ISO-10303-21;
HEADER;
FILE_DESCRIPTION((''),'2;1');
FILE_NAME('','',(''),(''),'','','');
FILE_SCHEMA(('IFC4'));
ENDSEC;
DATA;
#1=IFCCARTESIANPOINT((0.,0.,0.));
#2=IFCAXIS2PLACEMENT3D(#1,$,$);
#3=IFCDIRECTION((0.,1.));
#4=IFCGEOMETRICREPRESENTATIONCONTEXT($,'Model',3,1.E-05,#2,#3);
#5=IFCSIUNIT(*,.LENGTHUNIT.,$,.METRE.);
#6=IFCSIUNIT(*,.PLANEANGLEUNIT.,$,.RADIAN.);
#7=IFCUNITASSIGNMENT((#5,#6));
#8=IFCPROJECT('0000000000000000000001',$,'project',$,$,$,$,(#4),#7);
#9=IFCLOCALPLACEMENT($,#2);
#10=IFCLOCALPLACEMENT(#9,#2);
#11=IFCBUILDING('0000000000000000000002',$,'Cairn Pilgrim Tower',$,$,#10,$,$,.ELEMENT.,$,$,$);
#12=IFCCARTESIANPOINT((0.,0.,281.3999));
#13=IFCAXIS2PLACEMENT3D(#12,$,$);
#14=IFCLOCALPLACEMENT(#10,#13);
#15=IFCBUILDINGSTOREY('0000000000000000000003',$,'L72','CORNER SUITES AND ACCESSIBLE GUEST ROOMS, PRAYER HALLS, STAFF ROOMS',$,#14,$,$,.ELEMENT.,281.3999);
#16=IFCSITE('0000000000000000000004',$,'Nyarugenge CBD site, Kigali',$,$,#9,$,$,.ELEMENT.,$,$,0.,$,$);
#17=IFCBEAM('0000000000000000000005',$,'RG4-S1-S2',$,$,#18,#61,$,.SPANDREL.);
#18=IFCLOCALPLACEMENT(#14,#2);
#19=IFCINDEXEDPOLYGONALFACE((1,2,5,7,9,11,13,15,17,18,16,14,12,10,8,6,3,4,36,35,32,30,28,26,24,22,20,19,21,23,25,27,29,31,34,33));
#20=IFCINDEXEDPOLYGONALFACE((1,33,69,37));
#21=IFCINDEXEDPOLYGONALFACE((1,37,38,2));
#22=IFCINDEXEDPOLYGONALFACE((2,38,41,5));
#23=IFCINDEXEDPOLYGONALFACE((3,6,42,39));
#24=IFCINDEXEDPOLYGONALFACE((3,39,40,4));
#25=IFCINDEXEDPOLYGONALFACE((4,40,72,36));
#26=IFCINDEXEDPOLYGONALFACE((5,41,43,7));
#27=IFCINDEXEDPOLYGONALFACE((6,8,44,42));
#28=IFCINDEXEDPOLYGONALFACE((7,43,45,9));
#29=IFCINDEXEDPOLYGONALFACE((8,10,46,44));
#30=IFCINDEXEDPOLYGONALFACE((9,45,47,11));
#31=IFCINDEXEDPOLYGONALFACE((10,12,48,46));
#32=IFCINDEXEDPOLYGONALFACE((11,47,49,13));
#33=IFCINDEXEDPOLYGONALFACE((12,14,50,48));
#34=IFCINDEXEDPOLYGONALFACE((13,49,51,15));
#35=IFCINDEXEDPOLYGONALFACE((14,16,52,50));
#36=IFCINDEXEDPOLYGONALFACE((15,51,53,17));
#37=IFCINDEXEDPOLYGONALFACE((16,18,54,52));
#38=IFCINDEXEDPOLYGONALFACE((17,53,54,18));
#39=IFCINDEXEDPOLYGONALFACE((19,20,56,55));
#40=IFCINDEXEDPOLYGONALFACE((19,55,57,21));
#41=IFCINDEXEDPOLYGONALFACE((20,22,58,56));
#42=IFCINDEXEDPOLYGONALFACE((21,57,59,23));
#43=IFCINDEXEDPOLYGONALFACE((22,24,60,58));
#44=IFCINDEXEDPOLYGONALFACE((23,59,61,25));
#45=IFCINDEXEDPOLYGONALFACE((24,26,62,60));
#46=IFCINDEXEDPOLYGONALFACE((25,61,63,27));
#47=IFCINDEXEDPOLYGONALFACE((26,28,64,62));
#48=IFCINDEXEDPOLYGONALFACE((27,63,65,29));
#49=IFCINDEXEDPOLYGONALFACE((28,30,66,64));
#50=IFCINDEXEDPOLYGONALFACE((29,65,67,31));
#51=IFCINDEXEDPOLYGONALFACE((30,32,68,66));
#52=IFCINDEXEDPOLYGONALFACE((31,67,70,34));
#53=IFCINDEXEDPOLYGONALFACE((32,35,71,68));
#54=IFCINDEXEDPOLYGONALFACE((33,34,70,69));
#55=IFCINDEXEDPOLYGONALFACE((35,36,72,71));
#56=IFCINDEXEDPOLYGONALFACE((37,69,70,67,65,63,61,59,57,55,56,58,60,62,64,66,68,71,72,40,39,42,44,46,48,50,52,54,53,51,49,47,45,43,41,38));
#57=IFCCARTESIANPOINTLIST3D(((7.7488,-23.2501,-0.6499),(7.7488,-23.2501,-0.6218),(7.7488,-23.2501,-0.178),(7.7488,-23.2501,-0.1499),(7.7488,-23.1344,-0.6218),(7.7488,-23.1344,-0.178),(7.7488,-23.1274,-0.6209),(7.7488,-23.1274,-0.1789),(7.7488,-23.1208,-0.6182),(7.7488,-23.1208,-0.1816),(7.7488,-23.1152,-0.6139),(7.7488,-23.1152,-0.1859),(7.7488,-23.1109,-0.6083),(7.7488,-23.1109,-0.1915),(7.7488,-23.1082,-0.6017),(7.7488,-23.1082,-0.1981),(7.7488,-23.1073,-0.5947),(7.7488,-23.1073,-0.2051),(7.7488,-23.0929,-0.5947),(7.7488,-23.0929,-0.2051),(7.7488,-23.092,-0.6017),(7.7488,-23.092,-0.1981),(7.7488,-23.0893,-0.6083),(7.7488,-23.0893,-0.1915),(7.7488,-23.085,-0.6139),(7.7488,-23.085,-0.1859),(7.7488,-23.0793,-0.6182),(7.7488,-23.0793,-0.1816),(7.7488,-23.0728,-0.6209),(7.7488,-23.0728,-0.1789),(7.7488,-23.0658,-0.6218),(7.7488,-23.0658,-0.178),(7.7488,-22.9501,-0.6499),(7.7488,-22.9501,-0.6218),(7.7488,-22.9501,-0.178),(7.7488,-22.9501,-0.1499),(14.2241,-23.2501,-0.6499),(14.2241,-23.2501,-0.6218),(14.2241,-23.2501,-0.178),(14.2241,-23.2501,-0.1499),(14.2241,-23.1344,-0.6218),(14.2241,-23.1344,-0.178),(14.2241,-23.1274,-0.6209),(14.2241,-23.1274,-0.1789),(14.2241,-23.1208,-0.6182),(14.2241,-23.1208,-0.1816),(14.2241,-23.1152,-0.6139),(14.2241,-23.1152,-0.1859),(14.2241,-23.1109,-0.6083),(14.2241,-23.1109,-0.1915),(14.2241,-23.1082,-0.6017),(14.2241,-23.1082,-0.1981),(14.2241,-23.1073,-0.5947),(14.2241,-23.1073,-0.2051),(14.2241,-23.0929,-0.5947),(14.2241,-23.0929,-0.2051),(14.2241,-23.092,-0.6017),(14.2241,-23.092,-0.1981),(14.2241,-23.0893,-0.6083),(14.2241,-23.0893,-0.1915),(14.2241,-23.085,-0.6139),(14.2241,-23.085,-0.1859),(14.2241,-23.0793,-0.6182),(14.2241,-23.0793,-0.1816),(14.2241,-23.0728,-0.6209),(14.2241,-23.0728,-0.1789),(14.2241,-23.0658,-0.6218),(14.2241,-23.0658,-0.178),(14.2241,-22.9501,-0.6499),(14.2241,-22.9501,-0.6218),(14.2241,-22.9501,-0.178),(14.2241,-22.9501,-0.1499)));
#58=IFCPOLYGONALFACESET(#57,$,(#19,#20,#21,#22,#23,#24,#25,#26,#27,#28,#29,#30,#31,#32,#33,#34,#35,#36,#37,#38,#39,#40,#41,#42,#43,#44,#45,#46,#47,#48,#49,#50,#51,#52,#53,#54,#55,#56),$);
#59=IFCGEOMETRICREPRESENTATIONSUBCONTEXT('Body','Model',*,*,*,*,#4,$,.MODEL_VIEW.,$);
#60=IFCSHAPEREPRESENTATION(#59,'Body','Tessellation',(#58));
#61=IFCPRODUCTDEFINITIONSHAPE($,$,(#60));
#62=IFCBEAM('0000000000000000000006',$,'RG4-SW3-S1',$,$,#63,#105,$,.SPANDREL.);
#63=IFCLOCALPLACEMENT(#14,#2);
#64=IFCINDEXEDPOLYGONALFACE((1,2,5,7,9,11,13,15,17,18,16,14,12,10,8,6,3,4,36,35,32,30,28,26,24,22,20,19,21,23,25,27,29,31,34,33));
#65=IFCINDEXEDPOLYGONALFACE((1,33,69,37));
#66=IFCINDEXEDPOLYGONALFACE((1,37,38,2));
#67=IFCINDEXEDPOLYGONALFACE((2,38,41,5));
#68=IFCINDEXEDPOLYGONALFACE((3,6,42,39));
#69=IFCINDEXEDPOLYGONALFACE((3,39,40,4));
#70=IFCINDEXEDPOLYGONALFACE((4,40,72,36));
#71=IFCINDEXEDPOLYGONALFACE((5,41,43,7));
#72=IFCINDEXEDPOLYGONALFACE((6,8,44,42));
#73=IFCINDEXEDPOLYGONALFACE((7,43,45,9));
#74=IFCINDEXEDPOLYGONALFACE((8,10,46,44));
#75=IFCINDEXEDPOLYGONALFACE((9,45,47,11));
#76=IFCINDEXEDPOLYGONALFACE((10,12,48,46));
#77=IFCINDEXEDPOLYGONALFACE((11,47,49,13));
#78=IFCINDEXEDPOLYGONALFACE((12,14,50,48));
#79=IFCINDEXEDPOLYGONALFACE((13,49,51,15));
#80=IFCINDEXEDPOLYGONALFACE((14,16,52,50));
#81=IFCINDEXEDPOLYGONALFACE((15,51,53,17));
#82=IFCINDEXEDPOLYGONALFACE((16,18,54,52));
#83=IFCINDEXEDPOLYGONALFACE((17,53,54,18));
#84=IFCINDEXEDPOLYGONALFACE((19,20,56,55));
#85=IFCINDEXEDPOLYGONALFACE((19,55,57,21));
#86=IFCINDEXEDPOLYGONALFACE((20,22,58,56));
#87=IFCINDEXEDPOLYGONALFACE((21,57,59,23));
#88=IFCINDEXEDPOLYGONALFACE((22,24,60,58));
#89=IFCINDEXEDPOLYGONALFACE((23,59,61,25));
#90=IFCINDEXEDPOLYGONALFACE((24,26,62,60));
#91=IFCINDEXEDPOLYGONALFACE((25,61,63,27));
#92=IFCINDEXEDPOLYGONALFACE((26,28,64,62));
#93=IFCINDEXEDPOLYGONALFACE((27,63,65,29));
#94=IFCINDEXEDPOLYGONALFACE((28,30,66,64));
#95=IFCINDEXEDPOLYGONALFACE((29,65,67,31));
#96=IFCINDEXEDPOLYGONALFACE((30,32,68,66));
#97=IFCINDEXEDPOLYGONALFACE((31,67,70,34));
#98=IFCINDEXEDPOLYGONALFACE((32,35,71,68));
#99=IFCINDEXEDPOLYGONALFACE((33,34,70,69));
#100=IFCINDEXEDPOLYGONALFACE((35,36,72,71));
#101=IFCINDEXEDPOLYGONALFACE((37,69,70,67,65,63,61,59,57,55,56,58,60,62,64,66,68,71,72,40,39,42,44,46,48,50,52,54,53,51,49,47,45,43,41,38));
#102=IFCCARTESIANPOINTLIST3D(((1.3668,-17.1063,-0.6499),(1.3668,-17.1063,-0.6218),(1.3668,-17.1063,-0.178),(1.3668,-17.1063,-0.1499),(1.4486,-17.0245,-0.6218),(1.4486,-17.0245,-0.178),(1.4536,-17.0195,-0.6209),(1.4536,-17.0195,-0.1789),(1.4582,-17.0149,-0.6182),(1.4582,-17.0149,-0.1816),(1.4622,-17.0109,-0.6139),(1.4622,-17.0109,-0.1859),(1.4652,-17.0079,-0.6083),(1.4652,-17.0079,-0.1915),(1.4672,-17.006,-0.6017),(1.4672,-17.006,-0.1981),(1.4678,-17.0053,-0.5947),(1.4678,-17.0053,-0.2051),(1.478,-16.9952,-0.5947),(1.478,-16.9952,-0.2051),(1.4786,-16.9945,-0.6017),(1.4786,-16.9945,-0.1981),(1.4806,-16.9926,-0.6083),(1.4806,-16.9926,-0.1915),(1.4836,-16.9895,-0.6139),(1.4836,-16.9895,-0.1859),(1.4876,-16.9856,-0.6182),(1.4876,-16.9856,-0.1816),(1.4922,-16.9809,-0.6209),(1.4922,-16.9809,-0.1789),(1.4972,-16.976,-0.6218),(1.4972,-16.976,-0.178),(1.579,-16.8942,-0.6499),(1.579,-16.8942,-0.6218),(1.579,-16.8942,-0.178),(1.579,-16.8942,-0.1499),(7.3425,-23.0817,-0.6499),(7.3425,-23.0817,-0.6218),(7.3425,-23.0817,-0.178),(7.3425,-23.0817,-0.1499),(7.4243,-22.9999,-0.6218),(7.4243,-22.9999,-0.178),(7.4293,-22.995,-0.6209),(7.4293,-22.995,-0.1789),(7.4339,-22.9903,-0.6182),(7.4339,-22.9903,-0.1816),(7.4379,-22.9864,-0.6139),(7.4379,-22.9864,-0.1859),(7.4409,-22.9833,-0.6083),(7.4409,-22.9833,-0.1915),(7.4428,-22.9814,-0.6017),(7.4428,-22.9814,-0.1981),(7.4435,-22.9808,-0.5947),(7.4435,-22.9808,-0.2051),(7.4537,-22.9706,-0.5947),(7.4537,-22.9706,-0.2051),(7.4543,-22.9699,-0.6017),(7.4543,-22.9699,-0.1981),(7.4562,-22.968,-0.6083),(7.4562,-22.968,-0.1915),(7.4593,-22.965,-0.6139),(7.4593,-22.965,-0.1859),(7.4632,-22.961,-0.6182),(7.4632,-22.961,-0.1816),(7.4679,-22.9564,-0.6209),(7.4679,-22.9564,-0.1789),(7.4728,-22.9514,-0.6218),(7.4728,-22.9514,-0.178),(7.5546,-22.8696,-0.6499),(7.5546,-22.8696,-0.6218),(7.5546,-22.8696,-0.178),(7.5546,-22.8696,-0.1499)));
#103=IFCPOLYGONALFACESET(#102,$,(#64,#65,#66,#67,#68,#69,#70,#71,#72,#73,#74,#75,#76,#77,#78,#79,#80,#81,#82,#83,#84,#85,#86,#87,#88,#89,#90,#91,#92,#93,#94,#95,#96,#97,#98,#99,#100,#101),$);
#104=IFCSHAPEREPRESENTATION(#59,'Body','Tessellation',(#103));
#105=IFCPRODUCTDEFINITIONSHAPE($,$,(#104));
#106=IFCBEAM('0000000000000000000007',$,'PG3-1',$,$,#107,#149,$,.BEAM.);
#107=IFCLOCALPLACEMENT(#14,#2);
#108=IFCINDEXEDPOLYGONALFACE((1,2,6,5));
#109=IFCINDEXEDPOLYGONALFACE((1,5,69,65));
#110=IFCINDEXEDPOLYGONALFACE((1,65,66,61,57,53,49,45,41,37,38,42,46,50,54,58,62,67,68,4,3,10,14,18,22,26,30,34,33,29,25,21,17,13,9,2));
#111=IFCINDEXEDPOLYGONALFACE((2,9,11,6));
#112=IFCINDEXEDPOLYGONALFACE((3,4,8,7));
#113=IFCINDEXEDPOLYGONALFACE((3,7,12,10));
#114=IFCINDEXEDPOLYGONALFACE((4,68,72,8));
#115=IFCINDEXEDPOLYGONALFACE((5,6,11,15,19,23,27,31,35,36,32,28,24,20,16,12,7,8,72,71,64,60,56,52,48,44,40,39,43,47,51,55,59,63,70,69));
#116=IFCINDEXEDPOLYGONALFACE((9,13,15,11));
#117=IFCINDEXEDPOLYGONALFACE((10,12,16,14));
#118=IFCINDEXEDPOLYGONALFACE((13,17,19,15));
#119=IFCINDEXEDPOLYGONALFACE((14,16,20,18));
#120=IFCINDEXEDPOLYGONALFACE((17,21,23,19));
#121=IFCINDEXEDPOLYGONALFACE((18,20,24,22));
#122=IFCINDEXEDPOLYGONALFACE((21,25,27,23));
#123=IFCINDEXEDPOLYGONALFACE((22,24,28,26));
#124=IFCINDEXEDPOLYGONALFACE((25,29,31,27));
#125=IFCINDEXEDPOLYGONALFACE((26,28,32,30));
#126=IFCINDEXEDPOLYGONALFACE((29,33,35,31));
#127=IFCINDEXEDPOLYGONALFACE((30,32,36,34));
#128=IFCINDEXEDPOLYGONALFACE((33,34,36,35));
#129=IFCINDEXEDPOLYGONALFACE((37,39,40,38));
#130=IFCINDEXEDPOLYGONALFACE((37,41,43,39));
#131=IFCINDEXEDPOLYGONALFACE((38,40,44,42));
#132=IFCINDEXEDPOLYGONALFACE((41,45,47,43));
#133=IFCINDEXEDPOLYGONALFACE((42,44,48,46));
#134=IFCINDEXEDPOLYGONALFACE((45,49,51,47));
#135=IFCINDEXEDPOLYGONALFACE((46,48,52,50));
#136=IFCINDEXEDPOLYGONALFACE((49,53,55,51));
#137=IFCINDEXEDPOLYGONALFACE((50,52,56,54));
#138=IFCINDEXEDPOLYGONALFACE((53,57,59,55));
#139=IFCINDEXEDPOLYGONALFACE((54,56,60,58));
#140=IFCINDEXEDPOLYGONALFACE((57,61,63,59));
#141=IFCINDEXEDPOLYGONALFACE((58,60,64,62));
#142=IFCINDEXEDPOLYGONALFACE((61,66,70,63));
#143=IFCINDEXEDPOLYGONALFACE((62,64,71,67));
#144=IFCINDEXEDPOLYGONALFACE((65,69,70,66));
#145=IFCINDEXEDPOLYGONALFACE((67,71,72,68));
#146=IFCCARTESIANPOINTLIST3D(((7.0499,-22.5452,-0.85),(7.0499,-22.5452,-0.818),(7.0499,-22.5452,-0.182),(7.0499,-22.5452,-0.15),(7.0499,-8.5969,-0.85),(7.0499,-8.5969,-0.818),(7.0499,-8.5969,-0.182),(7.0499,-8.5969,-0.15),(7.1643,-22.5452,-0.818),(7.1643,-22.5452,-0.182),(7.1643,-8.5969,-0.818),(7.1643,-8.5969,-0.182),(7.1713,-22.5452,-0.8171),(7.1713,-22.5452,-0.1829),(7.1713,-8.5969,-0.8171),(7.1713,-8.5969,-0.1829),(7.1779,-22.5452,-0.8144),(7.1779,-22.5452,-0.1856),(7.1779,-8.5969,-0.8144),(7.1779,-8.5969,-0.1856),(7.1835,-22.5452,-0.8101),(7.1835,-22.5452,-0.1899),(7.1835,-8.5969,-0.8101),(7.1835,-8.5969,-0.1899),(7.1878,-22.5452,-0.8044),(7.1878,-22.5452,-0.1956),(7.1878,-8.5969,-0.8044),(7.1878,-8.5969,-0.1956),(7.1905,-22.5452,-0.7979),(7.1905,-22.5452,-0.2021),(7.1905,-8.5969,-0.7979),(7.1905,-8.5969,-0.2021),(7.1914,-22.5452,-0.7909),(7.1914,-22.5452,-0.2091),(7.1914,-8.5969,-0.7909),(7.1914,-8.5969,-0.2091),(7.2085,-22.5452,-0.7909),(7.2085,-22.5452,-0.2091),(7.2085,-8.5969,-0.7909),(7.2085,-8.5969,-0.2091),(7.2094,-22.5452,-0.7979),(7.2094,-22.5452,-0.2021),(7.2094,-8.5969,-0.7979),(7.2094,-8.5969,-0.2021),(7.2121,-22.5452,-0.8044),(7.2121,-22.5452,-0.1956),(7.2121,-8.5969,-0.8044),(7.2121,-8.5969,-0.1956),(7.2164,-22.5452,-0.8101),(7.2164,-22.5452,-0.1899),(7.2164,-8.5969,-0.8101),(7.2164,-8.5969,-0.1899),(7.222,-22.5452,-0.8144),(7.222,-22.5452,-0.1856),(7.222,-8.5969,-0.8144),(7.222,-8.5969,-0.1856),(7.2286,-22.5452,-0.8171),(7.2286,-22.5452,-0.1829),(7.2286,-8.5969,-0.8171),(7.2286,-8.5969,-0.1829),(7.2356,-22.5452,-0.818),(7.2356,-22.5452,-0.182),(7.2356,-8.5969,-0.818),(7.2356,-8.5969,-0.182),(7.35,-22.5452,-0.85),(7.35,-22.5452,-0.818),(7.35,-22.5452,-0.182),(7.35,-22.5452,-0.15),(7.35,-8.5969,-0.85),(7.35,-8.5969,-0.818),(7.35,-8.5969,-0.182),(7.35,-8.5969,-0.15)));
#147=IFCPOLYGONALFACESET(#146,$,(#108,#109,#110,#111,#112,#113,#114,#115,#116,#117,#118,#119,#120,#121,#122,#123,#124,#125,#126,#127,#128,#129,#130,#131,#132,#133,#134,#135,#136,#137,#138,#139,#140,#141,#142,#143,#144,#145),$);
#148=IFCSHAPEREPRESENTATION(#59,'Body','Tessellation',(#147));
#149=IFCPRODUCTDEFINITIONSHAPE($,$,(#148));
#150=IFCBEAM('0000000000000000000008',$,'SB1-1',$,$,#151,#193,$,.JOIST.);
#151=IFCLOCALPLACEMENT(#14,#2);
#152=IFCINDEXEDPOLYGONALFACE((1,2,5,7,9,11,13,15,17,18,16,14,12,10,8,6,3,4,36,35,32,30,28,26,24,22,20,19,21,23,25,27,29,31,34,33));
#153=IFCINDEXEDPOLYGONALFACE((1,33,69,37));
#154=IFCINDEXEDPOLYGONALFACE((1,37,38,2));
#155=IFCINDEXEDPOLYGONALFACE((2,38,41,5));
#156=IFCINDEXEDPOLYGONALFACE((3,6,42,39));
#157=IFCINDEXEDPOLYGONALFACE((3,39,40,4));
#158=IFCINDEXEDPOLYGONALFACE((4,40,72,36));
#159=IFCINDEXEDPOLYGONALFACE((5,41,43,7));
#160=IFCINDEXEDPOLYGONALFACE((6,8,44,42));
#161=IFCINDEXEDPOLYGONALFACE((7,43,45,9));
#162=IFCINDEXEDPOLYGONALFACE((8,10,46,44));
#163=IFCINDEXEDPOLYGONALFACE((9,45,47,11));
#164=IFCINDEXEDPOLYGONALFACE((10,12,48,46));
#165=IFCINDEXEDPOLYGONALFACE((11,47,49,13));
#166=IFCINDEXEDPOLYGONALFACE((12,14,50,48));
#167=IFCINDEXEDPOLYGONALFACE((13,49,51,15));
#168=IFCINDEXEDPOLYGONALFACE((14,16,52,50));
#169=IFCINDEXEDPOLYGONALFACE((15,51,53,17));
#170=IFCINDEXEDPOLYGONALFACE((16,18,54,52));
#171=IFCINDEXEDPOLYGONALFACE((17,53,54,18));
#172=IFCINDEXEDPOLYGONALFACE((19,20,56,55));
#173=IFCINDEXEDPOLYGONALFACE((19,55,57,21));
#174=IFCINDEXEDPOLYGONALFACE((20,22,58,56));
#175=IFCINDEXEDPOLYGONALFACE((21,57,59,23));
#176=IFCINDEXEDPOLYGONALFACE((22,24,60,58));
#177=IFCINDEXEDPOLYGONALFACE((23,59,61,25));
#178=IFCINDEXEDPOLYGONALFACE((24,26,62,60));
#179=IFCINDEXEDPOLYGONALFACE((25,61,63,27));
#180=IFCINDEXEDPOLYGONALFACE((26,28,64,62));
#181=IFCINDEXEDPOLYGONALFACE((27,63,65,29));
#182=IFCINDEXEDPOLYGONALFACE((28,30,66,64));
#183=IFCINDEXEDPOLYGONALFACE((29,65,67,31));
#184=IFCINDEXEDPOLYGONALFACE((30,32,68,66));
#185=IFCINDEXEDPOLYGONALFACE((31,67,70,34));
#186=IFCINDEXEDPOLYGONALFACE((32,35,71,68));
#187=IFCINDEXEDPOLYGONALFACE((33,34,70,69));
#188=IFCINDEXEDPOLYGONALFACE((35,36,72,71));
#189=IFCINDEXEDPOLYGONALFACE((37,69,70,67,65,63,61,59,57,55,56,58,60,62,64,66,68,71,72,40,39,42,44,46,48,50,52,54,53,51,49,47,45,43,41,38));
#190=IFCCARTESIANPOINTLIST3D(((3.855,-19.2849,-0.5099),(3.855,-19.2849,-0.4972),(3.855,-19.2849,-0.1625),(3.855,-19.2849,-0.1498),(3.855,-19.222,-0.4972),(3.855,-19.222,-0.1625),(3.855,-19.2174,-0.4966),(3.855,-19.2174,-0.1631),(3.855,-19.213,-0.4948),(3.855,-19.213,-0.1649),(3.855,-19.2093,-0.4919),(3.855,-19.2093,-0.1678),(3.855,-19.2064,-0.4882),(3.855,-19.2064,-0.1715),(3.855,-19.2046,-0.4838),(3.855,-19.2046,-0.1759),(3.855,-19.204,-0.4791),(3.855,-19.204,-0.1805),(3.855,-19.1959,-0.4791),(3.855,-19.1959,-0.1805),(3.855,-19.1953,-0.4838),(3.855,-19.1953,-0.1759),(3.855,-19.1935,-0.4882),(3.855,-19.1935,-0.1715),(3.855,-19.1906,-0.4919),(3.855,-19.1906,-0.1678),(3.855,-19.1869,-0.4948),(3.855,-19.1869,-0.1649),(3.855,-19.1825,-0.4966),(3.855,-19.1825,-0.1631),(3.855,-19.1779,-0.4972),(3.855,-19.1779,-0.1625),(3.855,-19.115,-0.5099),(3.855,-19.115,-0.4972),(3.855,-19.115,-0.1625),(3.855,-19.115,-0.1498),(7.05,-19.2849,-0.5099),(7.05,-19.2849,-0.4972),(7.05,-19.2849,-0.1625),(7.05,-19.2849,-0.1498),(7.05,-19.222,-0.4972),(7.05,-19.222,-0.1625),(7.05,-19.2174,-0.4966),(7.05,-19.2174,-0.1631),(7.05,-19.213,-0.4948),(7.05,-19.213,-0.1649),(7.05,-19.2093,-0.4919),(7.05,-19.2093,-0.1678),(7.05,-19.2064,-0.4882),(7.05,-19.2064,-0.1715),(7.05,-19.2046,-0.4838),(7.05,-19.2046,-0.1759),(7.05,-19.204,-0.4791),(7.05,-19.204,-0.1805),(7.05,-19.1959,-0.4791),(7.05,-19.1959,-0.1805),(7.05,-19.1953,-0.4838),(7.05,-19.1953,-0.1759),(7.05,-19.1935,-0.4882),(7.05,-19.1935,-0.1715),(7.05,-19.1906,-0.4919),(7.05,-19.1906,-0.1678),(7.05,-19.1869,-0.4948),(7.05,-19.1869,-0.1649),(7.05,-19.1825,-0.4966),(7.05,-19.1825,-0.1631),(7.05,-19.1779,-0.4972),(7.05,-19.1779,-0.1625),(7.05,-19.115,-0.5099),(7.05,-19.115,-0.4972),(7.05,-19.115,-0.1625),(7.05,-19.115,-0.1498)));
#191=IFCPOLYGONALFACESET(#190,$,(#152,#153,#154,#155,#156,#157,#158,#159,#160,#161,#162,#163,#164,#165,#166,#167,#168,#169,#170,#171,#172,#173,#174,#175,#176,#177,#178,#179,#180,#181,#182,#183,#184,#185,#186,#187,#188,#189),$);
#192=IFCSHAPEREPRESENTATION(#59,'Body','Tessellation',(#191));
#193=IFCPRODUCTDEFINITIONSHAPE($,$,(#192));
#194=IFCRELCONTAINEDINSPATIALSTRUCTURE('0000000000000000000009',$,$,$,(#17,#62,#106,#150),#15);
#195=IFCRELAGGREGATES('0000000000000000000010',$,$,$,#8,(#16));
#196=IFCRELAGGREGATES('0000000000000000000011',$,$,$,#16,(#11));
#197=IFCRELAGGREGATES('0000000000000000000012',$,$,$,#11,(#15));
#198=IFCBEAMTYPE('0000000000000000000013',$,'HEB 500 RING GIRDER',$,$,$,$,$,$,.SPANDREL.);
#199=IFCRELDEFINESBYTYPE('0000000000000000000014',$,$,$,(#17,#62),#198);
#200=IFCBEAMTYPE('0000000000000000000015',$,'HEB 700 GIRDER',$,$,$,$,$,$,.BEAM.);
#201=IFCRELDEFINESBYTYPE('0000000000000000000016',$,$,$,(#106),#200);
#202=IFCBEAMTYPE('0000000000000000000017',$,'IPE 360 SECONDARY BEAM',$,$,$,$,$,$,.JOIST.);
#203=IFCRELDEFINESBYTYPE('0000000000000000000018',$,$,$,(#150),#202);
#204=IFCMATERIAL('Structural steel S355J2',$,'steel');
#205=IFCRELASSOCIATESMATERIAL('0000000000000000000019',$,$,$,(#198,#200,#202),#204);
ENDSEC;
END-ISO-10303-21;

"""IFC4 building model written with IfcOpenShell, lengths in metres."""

from ifc_helpers import new_model, si_unit, direction, frame, origin, origin_2d, place, context, subcontext, project, spatial, i_section, extrude, material, material_profile, profile_set, type_object, element, save


model = new_model("IFC4")

# Units and contexts
model_context = context("Model", 3, precision=1e-05, world=origin(), true_north=direction((0.0, 1.0)))
body_context = subcontext(model_context, "Body", "Model", "MODEL_VIEW")
ifc_project = project(units=[si_unit("LENGTHUNIT", "METRE"), si_unit("PLANEANGLEUNIT", "RADIAN")], contexts=[model_context])

# Site, building, storey
site_placement = place(None, origin())
site = spatial("IfcSite", under=ifc_project, at=site_placement, Name="Nyarugenge CBD site, Kigali", CompositionType="ELEMENT", RefElevation=0.0)
building_placement = place(site_placement, origin())
building = spatial("IfcBuilding", under=site, at=building_placement, Name="Cairn Pilgrim Tower", CompositionType="ELEMENT")
storey_placement = place(building_placement, frame((0.0, 0.0, 281.3999)))
storey = spatial("IfcBuildingStorey", under=building, at=storey_placement, Name="L72", Description="CORNER SUITES AND ACCESSIBLE GUEST ROOMS, PRAYER HALLS, STAFF ROOMS", CompositionType="ELEMENT", Elevation=281.3999)

# Shared definitions
ifc_material_1 = material(Name="Structural steel S355J2", Category="steel")

# Beams
ifc_material_profile_1 = material_profile(ifc_material_1, i_section(OverallWidth=0.3, OverallDepth=0.5, WebThickness=0.0144, FlangeThickness=0.0281, FilletRadius=0.0271, at=origin_2d()), Name="HEB 500")
ifc_profile_set_1 = profile_set([ifc_material_profile_1], Name="Structural steel S355J2")
beam_type_1 = type_object("IfcBeamType", Name="HEB 500 RING GIRDER", PredefinedType="SPANDREL", material=ifc_profile_set_1)
beam_1_placement = place(storey_placement, frame((7.7488, -23.1001, -0.3999), z_axis=(1.0, 0.0, 0.0), x_axis=(0.0, 1.0, 0.0)))
element("IfcBeam", 1, at=beam_1_placement, inside=storey, type_object=beam_type_1, Name="RG4-S1-S2", PredefinedType="SPANDREL", context=body_context, shape_type="SweptSolid", body=[
    extrude(i_section(OverallWidth=0.3, OverallDepth=0.5, WebThickness=0.0144, FlangeThickness=0.0281, FilletRadius=0.0271, at=origin_2d()), origin(), (0.0, 0.0, 1.0), 6.4753),
])
beam_2_placement = place(storey_placement, frame((1.4729, -17.0002, -0.3999), z_axis=(0.707121, -0.707092, 0.0), x_axis=(0.707092, 0.707121, 0.0)))
element("IfcBeam", 2, at=beam_2_placement, inside=storey, type_object=beam_type_1, Name="RG4-SW3-S1", PredefinedType="SPANDREL", context=body_context, shape_type="SweptSolid", body=[
    extrude(i_section(OverallWidth=0.3, OverallDepth=0.5, WebThickness=0.0144, FlangeThickness=0.0281, FilletRadius=0.0271, at=origin_2d()), origin(), (0.0, 0.0, 1.0), 8.4507),
])
ifc_material_profile_2 = material_profile(ifc_material_1, i_section(OverallWidth=0.3, OverallDepth=0.7, WebThickness=0.0171, FlangeThickness=0.032, FilletRadius=0.0271, at=origin_2d()), Name="HEB 700")
ifc_profile_set_2 = profile_set([ifc_material_profile_2], Name="Structural steel S355J2")
beam_type_2 = type_object("IfcBeamType", Name="HEB 700 GIRDER", PredefinedType="BEAM", material=ifc_profile_set_2)
beam_3_placement = place(storey_placement, frame((7.2, -22.5452, -0.5), z_axis=(0.0, 1.0, 0.0), x_axis=(-1.0, 0.0, 0.0)))
element("IfcBeam", 3, at=beam_3_placement, inside=storey, type_object=beam_type_2, Name="PG3-1", PredefinedType="BEAM", context=body_context, shape_type="SweptSolid", body=[
    extrude(i_section(OverallWidth=0.3, OverallDepth=0.7, WebThickness=0.0171, FlangeThickness=0.032, FilletRadius=0.0271, at=origin_2d()), origin(), (0.0, 0.0, 1.0), 13.9482),
])
ifc_material_profile_3 = material_profile(ifc_material_1, i_section(OverallWidth=0.1699, OverallDepth=0.3601, WebThickness=0.0081, FlangeThickness=0.0127, FilletRadius=0.0181, at=origin_2d()), Name="IPE 360")
ifc_profile_set_3 = profile_set([ifc_material_profile_3], Name="Structural steel S355J2")
beam_type_3 = type_object("IfcBeamType", Name="IPE 360 SECONDARY BEAM", PredefinedType="JOIST", material=ifc_profile_set_3)
beam_4_placement = place(storey_placement, frame((3.855, -19.2, -0.3298), z_axis=(1.0, 0.0, 0.0), x_axis=(0.0, 1.0, 0.0)))
element("IfcBeam", 4, at=beam_4_placement, inside=storey, type_object=beam_type_3, Name="SB1-1", PredefinedType="JOIST", context=body_context, shape_type="SweptSolid", body=[
    extrude(i_section(OverallWidth=0.1699, OverallDepth=0.3601, WebThickness=0.0081, FlangeThickness=0.0127, FilletRadius=0.0181, at=origin_2d()), origin(), (0.0, 0.0, 1.0), 3.1951),
])

save(model, "model.ifc")
